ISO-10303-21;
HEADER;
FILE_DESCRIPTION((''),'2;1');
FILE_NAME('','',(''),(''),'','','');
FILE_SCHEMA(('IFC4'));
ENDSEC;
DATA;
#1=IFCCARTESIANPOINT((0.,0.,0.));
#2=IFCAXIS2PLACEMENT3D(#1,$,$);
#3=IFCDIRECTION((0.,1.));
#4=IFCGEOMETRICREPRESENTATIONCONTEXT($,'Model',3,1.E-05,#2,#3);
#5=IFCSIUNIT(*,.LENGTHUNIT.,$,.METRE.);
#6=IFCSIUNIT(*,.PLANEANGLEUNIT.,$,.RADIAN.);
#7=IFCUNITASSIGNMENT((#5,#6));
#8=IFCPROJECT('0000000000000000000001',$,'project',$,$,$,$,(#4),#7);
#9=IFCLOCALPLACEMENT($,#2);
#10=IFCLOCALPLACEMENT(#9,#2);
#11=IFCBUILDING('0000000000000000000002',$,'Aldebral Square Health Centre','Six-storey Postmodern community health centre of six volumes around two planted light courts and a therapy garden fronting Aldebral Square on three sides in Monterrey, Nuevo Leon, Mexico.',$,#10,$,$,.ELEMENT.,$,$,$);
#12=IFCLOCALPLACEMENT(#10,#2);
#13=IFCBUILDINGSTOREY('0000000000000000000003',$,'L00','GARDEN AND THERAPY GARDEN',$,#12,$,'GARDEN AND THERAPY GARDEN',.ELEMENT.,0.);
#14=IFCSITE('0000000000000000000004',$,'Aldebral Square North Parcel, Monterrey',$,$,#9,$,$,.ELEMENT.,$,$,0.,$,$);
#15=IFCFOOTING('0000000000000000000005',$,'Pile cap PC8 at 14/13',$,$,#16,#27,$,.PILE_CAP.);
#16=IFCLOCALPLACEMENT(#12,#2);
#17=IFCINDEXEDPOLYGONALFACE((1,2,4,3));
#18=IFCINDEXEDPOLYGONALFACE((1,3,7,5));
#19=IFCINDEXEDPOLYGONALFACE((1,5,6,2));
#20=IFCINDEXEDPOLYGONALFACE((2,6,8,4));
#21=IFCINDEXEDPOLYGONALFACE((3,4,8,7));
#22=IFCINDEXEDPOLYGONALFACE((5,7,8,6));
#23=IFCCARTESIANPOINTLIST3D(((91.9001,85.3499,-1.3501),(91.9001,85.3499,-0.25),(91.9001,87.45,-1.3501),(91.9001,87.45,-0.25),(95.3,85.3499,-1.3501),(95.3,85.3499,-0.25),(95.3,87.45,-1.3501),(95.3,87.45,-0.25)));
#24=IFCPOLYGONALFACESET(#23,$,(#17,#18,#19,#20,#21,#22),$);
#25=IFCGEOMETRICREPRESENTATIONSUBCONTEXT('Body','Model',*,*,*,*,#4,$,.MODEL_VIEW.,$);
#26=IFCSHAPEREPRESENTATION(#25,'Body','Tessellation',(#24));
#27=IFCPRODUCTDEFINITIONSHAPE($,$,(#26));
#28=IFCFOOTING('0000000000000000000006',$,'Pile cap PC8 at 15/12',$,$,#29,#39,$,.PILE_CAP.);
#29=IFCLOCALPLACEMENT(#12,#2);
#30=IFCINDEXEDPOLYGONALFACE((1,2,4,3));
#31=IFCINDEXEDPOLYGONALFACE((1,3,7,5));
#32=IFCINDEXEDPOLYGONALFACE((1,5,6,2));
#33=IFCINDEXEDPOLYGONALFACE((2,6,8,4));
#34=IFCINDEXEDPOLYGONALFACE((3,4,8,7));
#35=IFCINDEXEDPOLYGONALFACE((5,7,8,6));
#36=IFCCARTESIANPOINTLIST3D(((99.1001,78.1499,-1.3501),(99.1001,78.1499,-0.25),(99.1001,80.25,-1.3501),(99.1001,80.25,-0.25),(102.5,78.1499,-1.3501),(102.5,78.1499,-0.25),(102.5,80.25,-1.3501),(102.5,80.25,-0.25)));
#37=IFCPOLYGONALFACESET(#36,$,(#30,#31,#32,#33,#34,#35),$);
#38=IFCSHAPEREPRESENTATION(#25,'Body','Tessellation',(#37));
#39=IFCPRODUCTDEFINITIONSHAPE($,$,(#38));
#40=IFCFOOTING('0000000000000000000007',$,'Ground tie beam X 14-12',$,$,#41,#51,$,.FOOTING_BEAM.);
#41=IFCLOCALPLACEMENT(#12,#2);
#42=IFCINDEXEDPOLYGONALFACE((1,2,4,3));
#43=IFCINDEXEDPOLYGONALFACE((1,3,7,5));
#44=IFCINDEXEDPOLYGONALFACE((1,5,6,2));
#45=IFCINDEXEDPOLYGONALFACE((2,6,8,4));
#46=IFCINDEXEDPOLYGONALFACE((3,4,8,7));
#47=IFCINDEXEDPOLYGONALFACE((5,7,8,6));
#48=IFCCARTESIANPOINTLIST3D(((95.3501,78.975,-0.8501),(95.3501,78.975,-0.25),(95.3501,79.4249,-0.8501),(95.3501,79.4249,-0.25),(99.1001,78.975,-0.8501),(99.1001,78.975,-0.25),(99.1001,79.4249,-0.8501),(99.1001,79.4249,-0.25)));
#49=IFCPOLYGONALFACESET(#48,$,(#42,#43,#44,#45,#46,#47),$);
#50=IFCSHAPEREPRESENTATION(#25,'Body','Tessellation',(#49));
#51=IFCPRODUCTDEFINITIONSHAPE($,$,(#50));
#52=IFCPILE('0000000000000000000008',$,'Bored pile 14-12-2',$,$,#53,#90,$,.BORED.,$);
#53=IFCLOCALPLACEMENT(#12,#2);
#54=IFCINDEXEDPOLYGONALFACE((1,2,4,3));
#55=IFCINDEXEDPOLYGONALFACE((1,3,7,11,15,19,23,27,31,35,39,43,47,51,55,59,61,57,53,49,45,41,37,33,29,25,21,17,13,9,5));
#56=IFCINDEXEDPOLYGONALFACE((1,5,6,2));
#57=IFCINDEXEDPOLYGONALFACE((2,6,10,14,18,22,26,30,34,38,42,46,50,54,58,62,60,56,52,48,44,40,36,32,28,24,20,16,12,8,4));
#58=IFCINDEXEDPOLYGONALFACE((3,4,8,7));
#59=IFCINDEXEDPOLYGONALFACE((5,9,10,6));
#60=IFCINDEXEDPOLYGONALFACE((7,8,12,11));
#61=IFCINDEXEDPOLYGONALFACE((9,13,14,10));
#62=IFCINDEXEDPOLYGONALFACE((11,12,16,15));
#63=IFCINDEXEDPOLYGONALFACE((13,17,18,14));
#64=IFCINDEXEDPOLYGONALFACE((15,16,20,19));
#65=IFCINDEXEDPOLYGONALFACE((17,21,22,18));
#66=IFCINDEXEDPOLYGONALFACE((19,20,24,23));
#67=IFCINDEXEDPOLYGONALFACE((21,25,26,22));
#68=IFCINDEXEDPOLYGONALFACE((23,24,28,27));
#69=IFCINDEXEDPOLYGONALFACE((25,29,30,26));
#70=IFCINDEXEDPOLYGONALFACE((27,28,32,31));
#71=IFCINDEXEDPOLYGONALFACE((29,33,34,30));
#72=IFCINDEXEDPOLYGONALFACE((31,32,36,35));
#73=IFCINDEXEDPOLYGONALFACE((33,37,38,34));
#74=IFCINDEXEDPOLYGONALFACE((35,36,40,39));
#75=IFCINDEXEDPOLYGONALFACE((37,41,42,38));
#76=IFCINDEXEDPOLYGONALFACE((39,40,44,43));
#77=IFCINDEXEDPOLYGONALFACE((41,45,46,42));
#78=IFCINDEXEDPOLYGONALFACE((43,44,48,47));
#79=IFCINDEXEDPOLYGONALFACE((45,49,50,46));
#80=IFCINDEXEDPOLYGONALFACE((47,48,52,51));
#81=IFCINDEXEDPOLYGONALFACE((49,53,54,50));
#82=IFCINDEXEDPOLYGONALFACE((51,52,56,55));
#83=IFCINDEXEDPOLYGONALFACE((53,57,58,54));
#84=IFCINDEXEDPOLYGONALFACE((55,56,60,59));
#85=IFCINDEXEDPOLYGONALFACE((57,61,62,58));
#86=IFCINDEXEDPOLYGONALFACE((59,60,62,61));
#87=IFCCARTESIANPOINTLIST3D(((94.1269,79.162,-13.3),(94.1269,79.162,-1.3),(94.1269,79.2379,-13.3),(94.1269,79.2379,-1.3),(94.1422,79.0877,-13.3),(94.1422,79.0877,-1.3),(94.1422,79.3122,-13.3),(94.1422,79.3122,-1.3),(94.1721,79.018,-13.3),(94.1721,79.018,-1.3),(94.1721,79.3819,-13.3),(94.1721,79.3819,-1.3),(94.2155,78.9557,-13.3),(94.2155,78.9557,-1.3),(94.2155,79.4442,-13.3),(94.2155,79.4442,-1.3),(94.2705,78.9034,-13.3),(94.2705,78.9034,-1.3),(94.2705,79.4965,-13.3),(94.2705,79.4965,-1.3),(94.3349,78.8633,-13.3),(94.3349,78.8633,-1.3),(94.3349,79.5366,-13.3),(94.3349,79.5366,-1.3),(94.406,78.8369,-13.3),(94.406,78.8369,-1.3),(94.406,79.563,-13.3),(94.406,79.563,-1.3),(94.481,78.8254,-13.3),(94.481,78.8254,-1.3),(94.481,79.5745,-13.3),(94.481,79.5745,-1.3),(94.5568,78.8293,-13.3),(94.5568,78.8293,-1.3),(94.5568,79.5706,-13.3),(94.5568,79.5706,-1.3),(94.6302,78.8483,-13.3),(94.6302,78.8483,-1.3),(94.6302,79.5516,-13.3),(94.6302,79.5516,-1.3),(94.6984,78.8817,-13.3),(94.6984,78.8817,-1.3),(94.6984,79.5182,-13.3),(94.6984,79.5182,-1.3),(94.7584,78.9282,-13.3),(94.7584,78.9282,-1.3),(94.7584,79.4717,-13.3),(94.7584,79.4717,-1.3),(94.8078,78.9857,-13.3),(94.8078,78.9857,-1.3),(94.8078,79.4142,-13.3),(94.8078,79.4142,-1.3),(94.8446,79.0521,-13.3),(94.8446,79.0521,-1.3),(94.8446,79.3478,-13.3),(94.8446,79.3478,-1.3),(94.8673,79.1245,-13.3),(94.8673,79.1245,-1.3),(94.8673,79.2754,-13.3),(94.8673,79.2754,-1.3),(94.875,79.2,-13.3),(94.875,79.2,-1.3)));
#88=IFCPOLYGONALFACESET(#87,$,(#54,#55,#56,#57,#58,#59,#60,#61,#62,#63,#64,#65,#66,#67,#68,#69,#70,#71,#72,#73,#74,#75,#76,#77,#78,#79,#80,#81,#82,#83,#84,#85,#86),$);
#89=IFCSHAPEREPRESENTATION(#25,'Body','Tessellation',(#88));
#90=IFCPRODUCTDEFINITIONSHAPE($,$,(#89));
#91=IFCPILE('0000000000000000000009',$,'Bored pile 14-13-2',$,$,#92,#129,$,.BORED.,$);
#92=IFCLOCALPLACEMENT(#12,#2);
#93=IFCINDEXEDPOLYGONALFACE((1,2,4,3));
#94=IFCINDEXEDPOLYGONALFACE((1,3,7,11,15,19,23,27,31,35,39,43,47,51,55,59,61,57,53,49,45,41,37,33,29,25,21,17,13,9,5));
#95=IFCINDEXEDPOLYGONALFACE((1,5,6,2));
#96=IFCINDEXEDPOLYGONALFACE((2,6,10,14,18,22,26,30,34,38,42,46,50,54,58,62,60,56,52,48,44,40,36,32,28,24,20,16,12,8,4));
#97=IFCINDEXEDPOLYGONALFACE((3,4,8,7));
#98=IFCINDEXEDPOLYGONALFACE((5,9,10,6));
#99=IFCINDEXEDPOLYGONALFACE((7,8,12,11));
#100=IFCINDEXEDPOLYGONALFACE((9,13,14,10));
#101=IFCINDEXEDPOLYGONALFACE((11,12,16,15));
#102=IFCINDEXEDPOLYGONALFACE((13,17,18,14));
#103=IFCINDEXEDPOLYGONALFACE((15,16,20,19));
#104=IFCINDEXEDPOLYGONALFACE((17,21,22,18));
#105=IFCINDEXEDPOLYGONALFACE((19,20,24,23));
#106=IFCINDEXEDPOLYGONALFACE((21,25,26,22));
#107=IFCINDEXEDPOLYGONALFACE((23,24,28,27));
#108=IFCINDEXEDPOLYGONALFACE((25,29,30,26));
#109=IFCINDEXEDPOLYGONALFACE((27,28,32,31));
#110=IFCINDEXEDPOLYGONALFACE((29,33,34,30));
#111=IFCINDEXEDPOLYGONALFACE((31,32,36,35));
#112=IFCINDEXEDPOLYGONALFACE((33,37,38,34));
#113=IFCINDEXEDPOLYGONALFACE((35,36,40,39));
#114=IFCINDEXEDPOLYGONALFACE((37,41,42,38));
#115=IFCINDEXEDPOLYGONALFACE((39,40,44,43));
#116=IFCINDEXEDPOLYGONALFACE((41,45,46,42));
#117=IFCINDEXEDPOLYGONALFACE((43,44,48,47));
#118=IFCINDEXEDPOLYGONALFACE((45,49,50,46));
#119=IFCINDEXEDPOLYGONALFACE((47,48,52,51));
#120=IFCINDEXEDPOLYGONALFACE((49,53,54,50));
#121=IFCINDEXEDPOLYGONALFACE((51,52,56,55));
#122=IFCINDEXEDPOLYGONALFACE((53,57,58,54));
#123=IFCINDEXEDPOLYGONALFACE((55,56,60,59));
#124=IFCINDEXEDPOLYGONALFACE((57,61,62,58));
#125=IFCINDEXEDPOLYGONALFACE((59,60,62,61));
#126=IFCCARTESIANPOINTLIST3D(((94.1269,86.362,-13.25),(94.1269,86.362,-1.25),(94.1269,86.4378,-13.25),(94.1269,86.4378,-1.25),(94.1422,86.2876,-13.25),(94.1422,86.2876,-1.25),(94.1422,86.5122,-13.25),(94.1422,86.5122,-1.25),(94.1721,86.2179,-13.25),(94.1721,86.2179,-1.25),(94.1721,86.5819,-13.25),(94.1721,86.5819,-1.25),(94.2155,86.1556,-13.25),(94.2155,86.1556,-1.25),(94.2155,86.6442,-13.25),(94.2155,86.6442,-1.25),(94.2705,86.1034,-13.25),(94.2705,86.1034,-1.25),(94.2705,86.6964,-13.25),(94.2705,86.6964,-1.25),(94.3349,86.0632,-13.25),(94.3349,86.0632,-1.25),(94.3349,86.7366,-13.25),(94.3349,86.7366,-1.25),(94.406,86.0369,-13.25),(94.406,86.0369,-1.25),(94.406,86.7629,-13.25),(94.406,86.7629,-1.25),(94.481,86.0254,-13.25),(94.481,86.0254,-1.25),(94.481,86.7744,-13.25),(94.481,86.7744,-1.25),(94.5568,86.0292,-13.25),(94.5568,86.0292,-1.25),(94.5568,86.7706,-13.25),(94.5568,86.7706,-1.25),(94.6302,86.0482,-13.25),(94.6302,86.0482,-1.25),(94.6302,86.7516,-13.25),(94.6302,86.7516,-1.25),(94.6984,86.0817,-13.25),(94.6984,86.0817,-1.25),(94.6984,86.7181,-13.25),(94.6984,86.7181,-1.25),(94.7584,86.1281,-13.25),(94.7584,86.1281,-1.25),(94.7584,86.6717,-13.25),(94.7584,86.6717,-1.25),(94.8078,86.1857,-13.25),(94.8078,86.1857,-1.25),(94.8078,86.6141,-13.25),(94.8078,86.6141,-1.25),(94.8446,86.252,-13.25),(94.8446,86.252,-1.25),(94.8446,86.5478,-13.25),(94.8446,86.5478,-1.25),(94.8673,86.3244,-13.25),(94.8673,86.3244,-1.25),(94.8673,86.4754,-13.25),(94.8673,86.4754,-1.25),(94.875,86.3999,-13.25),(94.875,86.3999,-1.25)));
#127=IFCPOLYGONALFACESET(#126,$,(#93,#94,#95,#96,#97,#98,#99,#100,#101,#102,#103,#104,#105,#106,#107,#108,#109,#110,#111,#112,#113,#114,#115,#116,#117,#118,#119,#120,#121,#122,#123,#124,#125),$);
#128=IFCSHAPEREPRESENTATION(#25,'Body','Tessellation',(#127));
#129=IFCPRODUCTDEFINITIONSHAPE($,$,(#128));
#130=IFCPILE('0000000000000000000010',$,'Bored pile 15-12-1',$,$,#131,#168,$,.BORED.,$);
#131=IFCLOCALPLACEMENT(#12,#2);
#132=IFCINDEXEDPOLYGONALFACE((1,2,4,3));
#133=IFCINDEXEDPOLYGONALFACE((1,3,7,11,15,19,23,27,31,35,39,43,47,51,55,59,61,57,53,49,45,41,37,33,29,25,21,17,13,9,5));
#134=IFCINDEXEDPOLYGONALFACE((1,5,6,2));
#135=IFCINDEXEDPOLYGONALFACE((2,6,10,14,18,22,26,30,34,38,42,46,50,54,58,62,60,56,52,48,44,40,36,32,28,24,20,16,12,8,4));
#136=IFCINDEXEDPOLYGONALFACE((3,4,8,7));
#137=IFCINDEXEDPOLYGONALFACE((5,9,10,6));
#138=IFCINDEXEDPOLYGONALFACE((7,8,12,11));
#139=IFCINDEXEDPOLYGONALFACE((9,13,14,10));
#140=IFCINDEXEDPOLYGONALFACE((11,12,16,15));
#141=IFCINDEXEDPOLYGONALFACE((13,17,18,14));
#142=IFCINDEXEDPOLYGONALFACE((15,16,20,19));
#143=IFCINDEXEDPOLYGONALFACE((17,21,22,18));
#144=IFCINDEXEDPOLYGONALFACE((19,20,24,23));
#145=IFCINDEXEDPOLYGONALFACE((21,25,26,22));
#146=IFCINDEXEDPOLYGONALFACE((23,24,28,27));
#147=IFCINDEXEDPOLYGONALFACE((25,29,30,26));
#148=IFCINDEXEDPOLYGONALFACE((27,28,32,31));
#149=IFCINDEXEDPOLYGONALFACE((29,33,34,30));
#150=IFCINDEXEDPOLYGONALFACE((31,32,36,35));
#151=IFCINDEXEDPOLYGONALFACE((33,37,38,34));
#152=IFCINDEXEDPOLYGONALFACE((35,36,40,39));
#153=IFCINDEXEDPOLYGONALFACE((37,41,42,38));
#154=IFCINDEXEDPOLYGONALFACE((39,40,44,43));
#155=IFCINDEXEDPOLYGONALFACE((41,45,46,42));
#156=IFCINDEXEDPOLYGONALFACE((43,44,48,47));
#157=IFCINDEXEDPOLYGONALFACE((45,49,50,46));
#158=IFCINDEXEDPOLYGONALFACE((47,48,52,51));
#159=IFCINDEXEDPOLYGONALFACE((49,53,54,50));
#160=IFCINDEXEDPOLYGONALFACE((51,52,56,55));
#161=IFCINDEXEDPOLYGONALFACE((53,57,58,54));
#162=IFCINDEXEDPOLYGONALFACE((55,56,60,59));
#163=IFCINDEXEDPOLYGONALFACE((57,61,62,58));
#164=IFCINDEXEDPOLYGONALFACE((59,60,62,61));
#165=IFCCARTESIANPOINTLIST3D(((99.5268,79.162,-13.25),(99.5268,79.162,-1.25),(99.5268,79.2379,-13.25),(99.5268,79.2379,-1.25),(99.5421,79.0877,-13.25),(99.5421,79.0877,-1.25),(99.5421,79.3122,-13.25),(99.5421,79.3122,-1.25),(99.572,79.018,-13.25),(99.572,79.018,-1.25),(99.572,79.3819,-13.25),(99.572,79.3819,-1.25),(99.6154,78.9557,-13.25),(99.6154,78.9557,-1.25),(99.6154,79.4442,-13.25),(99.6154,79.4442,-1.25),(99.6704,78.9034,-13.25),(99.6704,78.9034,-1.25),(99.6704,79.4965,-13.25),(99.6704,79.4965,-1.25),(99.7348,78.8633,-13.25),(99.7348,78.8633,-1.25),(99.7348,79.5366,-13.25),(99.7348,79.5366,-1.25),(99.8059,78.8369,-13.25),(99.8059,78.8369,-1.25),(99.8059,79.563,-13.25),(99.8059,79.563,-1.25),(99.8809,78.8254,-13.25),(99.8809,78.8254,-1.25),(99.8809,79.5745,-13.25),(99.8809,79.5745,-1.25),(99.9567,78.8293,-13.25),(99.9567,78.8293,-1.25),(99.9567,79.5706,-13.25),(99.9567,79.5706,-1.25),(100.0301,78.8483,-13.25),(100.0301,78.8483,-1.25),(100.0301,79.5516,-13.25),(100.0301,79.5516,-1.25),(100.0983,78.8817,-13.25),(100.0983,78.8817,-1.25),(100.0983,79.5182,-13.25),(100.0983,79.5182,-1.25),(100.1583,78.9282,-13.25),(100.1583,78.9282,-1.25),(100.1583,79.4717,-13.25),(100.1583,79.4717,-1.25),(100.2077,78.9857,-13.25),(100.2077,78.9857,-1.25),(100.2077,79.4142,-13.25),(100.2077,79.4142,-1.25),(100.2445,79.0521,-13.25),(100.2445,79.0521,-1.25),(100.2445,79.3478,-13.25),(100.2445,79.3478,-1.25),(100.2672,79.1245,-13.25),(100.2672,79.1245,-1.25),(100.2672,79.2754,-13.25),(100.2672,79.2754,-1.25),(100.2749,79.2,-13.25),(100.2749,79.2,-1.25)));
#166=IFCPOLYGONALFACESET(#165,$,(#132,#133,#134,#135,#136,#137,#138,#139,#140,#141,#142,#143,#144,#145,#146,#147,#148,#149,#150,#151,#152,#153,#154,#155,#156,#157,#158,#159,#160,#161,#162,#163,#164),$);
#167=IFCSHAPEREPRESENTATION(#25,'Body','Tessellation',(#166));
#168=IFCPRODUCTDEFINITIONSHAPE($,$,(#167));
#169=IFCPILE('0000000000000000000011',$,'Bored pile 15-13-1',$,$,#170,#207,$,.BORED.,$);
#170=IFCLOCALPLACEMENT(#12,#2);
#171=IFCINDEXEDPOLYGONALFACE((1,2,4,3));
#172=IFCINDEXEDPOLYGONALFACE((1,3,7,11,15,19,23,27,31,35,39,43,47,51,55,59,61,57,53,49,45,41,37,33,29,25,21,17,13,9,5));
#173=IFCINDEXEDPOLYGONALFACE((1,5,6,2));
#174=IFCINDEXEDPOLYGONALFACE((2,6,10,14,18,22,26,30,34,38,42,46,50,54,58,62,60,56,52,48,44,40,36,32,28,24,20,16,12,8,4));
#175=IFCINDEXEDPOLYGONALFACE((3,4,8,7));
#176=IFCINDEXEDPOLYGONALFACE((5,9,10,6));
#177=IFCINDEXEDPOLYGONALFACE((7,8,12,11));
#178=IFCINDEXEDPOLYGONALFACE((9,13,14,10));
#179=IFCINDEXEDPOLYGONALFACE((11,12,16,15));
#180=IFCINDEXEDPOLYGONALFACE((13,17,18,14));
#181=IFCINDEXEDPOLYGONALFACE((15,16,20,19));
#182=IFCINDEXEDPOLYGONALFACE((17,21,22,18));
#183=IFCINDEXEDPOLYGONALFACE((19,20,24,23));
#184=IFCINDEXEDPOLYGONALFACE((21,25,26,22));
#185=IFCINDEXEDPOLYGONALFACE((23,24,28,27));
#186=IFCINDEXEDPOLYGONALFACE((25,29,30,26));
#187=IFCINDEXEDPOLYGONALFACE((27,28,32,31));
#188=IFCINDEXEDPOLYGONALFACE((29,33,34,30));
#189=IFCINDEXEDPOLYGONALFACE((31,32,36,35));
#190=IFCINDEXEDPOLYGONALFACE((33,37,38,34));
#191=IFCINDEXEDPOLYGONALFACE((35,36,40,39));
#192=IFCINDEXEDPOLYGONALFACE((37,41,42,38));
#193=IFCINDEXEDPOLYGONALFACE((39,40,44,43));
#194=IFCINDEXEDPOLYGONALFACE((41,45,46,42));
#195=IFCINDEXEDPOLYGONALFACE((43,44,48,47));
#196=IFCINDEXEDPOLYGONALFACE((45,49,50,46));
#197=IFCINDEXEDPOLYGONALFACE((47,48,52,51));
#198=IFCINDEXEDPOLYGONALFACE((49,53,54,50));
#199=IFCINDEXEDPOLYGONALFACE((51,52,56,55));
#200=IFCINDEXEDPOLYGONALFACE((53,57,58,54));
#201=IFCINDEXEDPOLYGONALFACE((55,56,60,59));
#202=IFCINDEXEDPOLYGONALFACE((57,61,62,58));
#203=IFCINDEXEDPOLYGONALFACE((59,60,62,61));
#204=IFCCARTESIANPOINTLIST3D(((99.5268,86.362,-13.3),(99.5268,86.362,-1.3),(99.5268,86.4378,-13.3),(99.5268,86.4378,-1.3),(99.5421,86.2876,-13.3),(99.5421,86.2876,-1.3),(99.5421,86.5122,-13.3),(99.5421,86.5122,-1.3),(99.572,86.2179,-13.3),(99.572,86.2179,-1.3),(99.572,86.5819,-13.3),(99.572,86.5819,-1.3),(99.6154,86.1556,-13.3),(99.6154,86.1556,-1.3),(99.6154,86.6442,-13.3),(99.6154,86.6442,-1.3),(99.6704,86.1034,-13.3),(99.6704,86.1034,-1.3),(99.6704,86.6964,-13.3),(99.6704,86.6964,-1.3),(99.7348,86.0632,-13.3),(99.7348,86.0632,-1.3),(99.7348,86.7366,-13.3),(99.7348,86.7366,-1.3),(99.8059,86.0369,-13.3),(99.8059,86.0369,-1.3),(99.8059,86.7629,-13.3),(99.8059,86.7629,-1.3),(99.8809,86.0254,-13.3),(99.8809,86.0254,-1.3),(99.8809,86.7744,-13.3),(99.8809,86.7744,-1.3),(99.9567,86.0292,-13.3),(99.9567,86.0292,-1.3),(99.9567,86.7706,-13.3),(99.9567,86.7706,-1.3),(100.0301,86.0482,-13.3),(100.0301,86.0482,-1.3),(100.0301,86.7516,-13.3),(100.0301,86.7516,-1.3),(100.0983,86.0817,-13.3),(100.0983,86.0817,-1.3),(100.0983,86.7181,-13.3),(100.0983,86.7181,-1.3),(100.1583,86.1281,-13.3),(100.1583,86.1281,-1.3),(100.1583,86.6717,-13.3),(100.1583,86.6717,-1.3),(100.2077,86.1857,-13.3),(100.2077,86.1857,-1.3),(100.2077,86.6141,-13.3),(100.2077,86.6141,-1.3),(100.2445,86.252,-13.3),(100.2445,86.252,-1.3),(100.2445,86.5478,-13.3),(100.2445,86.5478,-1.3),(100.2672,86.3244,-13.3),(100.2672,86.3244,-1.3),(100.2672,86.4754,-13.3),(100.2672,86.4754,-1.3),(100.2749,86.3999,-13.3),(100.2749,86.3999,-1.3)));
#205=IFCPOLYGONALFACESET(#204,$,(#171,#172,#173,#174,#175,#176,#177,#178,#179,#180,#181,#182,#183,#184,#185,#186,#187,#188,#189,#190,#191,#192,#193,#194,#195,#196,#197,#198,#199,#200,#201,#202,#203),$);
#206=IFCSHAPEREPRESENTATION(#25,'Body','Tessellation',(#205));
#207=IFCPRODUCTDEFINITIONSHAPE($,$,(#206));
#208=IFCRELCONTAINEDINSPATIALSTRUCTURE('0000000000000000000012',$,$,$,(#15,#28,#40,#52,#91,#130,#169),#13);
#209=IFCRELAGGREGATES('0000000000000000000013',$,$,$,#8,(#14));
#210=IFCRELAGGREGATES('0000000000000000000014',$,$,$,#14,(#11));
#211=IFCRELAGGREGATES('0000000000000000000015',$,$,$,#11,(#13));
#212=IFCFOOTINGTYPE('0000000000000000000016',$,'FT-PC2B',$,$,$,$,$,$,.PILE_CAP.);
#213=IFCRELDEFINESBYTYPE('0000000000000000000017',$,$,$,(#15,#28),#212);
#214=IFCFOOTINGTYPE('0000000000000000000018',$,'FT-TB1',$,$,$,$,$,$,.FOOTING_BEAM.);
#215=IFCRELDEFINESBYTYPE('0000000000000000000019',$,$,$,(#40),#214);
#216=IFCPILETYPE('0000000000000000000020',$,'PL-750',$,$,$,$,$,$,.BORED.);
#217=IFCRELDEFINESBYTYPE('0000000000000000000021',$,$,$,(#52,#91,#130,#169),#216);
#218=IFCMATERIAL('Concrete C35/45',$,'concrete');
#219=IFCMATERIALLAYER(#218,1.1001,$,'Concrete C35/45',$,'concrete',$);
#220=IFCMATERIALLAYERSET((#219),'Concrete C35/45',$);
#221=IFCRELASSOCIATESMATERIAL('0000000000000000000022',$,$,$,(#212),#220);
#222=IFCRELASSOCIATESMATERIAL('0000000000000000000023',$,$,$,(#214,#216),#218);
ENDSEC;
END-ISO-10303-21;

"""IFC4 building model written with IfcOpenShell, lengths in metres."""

from ifc_helpers import new_model, si_unit, direction, frame, origin, origin_2d, place, context, subcontext, project, spatial, rectangle, circle, extrude, material, layer, layer_set, material_profile, profile_set, type_object, element, save


model = new_model("IFC4")

# Units and contexts
model_context = context("Model", 3, precision=1e-05, world=origin(), true_north=direction((0.0, 1.0)))
body_context = subcontext(model_context, "Body", "Model", "MODEL_VIEW")
ifc_project = project(units=[si_unit("LENGTHUNIT", "METRE"), si_unit("PLANEANGLEUNIT", "RADIAN")], contexts=[model_context])

# Site, building, storey
site_placement = place(None, origin())
site = spatial("IfcSite", under=ifc_project, at=site_placement, Name="Aldebral Square North Parcel, Monterrey", CompositionType="ELEMENT", RefElevation=0.0)
building_placement = place(site_placement, origin())
building = spatial("IfcBuilding", under=site, at=building_placement, Name="Aldebral Square Health Centre", Description="Six-storey Postmodern community health centre of six volumes around two planted light courts and a therapy garden fronting Aldebral Square on three sides in Monterrey, Nuevo Leon, Mexico.", CompositionType="ELEMENT")
storey_placement = place(building_placement, origin())
storey = spatial("IfcBuildingStorey", under=building, at=storey_placement, Name="L00", Description="GARDEN AND THERAPY GARDEN", LongName="GARDEN AND THERAPY GARDEN", CompositionType="ELEMENT", Elevation=0.0)

# Footings
ifc_material_1 = material(Name="Concrete C35/45", Category="concrete")
ifc_layer_1 = layer(ifc_material_1, 1.1001, Name="Concrete C35/45", Category="concrete")
ifc_layer_set_1 = layer_set([ifc_layer_1], Name="Concrete C35/45")
footing_type_1 = type_object("IfcFootingType", Name="FT-PC2B", PredefinedType="PILE_CAP", material=ifc_layer_set_1)
for number, where, z_axis, x_axis, name in (
    (1, (93.6001, 86.3999, -1.3501), (0.0, 0.0, 1.0), (1.0, 0.0, 0.0), "Pile cap PC8 at 14/13"),
    (2, (100.8, 79.2, -1.3501), (0.0, 0.0, 1.0), (1.0, 0.0, 0.0), "Pile cap PC8 at 15/12"),
):
    element("IfcFooting", number, at=place(storey_placement, frame(where, z_axis=z_axis, x_axis=x_axis)), inside=storey, type_object=footing_type_1, Name=name, PredefinedType="PILE_CAP", context=body_context, shape_type="SweptSolid", body=[
        extrude(rectangle(XDim=3.3999, YDim=2.1001, at=origin_2d()), origin(), (0.0, 0.0, 1.0), 1.1001),
    ])
ifc_material_profile_1 = material_profile(ifc_material_1, rectangle(XDim=0.45, YDim=0.6001, at=origin_2d()), Name="RC 450x600")
ifc_profile_set_1 = profile_set([ifc_material_profile_1], Name="Concrete C35/45")
footing_type_2 = type_object("IfcFootingType", Name="FT-TB1", PredefinedType="FOOTING_BEAM", material=ifc_profile_set_1)
footing_placement = place(storey_placement, frame((95.3501, 79.2, -0.55), z_axis=(1.0, 0.0, 0.0), x_axis=(0.0, 1.0, 0.0)))
element("IfcFooting", 3, at=footing_placement, inside=storey, type_object=footing_type_2, Name="Ground tie beam X 14-12", PredefinedType="FOOTING_BEAM", context=body_context, shape_type="SweptSolid", body=[
    extrude(rectangle(XDim=0.45, YDim=0.6001, at=origin_2d()), origin(), (0.0, 0.0, 1.0), 3.75),
])

# Piles
ifc_material_profile_2 = material_profile(ifc_material_1, circle(Radius=0.375, at=origin_2d()), Name="PILE D750")
ifc_profile_set_2 = profile_set([ifc_material_profile_2], Name="Concrete C35/45")
pile_type = type_object("IfcPileType", Name="PL-750", PredefinedType="BORED", material=ifc_profile_set_2)
for number, where, z_axis, x_axis, name in (
    (4, (94.5, 79.2, -1.3), (0.0, 0.0, -1.0), (1.0, 0.0, 0.0), "Bored pile 14-12-2"),
    (5, (94.5, 86.3999, -1.25), (0.0, 0.0, -1.0), (1.0, 0.0, 0.0), "Bored pile 14-13-2"),
    (6, (99.8999, 79.2, -1.25), (0.0, 0.0, -1.0), (1.0, 0.0, 0.0), "Bored pile 15-12-1"),
    (7, (99.8999, 86.3999, -1.3), (0.0, 0.0, -1.0), (1.0, 0.0, 0.0), "Bored pile 15-13-1"),
):
    element("IfcPile", number, at=place(storey_placement, frame(where, z_axis=z_axis, x_axis=x_axis)), inside=storey, type_object=pile_type, Name=name, PredefinedType="BORED", context=body_context, shape_type="SweptSolid", body=[
        extrude(circle(Radius=0.375, at=origin_2d()), origin(), (0.0, 0.0, 1.0), 12.0),
    ])

save(model, "model.ifc")
